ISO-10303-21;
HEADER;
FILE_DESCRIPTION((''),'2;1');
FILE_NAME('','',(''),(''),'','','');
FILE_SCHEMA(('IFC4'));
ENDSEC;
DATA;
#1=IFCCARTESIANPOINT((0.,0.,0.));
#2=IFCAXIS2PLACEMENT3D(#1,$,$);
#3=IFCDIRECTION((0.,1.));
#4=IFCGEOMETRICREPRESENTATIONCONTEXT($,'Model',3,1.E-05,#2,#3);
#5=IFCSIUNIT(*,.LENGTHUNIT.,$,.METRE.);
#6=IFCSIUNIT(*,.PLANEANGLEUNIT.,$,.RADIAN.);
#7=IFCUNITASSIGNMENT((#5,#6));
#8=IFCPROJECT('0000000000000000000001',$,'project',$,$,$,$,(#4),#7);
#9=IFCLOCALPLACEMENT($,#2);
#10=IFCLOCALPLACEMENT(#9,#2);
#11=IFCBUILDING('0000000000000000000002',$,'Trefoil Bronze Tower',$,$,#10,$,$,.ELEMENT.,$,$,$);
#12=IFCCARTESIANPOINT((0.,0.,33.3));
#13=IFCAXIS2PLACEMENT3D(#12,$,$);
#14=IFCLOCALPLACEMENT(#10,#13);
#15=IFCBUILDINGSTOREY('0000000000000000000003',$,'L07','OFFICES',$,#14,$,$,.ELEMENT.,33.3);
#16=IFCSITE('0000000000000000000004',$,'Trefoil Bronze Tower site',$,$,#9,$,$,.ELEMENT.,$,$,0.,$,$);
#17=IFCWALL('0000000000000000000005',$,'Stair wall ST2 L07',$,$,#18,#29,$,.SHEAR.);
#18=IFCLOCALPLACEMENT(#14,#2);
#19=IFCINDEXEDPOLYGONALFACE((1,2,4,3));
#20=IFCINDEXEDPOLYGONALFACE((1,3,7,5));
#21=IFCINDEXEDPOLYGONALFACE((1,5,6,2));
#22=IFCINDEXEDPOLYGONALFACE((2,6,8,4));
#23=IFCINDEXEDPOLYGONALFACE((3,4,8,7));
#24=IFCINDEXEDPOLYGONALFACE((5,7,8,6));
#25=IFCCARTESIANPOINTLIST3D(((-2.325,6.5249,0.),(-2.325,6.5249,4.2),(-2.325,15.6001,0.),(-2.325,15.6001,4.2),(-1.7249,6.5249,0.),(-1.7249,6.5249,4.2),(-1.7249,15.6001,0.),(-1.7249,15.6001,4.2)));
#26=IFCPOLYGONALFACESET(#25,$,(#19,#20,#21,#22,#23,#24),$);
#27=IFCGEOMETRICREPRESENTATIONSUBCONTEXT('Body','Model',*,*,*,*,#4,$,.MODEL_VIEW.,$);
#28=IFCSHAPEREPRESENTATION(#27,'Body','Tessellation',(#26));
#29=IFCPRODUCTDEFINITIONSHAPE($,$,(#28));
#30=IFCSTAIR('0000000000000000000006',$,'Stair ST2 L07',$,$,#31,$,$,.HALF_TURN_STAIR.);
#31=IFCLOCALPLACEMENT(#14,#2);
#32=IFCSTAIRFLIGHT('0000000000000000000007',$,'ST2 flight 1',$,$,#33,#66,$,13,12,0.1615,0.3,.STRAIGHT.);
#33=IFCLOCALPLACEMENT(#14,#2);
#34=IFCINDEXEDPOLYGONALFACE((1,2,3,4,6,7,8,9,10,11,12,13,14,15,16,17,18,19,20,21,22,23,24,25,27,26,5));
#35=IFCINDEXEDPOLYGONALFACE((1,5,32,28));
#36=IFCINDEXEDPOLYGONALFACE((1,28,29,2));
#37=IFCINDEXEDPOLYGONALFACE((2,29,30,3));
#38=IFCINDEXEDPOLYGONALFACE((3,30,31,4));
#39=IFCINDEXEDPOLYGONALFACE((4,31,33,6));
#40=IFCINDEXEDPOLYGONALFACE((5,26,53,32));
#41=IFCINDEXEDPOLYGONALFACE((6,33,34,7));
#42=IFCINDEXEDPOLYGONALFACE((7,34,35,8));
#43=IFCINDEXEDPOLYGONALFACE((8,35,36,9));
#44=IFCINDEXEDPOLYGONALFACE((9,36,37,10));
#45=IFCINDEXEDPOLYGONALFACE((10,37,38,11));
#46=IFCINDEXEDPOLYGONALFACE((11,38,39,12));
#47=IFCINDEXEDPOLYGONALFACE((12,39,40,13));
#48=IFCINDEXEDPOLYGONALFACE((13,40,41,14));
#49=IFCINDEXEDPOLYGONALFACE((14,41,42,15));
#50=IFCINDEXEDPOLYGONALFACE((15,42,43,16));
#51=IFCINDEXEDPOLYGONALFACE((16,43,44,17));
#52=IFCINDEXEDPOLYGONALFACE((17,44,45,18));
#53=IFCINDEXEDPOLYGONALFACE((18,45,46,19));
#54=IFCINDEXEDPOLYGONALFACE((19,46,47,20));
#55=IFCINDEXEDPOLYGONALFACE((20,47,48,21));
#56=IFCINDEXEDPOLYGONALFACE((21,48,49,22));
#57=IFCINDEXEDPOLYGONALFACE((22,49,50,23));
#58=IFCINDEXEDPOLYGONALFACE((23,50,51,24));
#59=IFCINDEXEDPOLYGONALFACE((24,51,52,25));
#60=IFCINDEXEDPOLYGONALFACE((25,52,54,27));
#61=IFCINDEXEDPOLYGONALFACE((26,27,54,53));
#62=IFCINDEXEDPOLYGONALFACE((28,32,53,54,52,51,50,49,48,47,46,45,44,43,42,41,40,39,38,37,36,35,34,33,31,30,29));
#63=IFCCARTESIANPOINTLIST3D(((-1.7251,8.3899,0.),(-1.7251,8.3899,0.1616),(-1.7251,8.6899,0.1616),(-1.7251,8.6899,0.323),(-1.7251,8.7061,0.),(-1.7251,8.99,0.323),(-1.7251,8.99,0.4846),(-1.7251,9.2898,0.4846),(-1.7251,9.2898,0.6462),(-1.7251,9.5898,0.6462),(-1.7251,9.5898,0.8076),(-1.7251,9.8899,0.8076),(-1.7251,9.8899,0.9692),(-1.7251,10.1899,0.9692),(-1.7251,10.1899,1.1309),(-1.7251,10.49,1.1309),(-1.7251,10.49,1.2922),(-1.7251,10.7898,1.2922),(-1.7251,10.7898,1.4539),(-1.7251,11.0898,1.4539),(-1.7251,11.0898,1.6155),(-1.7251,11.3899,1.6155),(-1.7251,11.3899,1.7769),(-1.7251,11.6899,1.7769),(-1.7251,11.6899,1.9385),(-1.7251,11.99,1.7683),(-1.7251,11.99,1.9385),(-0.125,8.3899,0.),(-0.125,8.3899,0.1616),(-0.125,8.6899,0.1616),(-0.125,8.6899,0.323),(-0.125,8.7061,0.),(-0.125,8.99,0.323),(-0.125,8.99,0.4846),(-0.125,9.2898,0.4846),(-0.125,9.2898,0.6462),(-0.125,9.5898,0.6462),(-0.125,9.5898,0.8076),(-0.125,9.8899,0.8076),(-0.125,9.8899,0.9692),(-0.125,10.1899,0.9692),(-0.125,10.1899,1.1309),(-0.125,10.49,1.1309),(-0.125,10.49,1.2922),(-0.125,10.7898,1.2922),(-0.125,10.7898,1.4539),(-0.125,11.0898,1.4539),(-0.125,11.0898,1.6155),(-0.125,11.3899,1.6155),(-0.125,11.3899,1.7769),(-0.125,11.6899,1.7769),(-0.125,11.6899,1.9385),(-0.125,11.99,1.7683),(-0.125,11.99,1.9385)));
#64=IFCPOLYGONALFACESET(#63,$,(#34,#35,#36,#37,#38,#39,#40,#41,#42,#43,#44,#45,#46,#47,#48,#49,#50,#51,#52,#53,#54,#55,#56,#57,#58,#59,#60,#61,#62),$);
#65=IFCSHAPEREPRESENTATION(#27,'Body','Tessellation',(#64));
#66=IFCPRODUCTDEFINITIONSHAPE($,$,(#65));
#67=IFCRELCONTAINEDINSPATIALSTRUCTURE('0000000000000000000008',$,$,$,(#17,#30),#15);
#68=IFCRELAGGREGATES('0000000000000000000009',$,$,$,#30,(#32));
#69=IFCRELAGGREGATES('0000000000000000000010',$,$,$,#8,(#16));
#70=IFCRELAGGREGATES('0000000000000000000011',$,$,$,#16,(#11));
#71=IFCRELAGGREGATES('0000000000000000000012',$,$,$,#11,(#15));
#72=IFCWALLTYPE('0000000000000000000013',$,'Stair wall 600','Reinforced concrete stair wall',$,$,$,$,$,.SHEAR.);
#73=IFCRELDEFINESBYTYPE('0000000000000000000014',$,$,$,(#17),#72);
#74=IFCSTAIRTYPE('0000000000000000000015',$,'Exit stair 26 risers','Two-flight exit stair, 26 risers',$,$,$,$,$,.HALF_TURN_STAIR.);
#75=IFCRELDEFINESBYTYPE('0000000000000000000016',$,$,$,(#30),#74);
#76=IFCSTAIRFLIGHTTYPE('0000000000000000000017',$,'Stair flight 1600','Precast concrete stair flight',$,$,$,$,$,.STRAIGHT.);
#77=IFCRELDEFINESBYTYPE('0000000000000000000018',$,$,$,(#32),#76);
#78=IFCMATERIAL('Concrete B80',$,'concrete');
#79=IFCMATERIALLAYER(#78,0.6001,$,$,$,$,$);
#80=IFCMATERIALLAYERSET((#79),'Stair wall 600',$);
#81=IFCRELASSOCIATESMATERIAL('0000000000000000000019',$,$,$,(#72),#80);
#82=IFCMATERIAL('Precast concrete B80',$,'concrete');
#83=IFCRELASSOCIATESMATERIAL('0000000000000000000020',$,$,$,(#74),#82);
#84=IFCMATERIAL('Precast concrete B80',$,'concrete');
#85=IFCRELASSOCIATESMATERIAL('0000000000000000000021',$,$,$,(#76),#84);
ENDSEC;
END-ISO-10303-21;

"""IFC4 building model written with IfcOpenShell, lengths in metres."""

from ifc_helpers import new_model, si_unit, direction, frame, frame_2d, origin, place, context, subcontext, project, spatial, polyline, rectangle, outline, extrude, material, layer, layer_set, type_object, element, aggregate, save


model = new_model("IFC4")

# Units and contexts
model_context = context("Model", 3, precision=1e-05, world=origin(), true_north=direction((0.0, 1.0)))
body_context = subcontext(model_context, "Body", "Model", "MODEL_VIEW")
ifc_project = project(units=[si_unit("LENGTHUNIT", "METRE"), si_unit("PLANEANGLEUNIT", "RADIAN")], contexts=[model_context])

# Site, building, storey
site_placement = place(None, origin())
site = spatial("IfcSite", under=ifc_project, at=site_placement, Name="Trefoil Bronze Tower site", CompositionType="ELEMENT", RefElevation=0.0)
building_placement = place(site_placement, origin())
building = spatial("IfcBuilding", under=site, at=building_placement, Name="Trefoil Bronze Tower", CompositionType="ELEMENT")
storey_placement = place(building_placement, frame((0.0, 0.0, 33.3)))
storey = spatial("IfcBuildingStorey", under=building, at=storey_placement, Name="L07", Description="OFFICES", CompositionType="ELEMENT", Elevation=33.3)

# Wall
ifc_material_1 = material(Name="Concrete B80", Category="concrete")
ifc_layer_1 = layer(ifc_material_1, 0.6001)
ifc_layer_set_1 = layer_set([ifc_layer_1], Name="Stair wall 600")
wall_type_1 = type_object("IfcWallType", Name="Stair wall 600", Description="Reinforced concrete stair wall", PredefinedType="SHEAR", material=ifc_layer_set_1)
wall_1_placement = place(storey_placement, frame((-2.0249, 6.5249, 0.0), z_axis=(0.0, 0.0, 1.0), x_axis=(0.0, 1.0, 0.0)))
element("IfcWall", 1, at=wall_1_placement, inside=storey, type_object=wall_type_1, Name="Stair wall ST2 L07", PredefinedType="SHEAR", context=body_context, shape_type="SweptSolid", body=[
    extrude(rectangle(XDim=9.0752, YDim=0.6001, at=frame_2d((4.5376, 0.0))), origin(), (0.0, 0.0, 1.0), 4.2),
])

# Stair, stair flight
ifc_material_2 = material(Name="Precast concrete B80", Category="concrete")
stair_type = type_object("IfcStairType", Name="Exit stair 26 risers", Description="Two-flight exit stair, 26 risers", PredefinedType="HALF_TURN_STAIR", material=ifc_material_2)
stair_placement = place(storey_placement, origin())
stair = element("IfcStair", 2, at=stair_placement, inside=storey, type_object=stair_type, Name="Stair ST2 L07", PredefinedType="HALF_TURN_STAIR")
ifc_material_3 = material(Name="Precast concrete B80", Category="concrete")
stair_flight_type = type_object("IfcStairFlightType", Name="Stair flight 1600", Description="Precast concrete stair flight", PredefinedType="STRAIGHT", material=ifc_material_3)
stair_flight_placement = place(storey_placement, frame((-0.925, 8.3899, 0.0), z_axis=(0.0, 0.0, 1.0), x_axis=(0.0, 1.0, 0.0)))
stair_flight = element("IfcStairFlight", 3, at=stair_flight_placement, type_object=stair_flight_type, Name="ST2 flight 1", NumberOfRisers=13, NumberOfTreads=12, PredefinedType="STRAIGHT", RiserHeight=0.1615, TreadLength=0.3, context=body_context, shape_type="SweptSolid", body=[
    extrude(outline(polyline([(0.0, 0.0), (0.0, 0.1616), (0.3, 0.1616), (0.3, 0.323), (0.6001, 0.323), (0.6001, 0.4846), (0.8999, 0.4846), (0.8999, 0.6462), (1.2, 0.6462), (1.2, 0.8076), (1.5, 0.8076), (1.5, 0.9692), (1.8, 0.9692), (1.8, 1.1309), (2.1001, 1.1309), (2.1001, 1.2922), (2.3999, 1.2922), (2.3999, 1.4539), (2.7, 1.4539), (2.7, 1.6155), (3.0, 1.6155), (3.0, 1.7769), (3.3, 1.7769), (3.3, 1.9385), (3.6001, 1.9385), (3.6001, 2.1001), (3.6001, 1.7683), (0.3162, 0.0), (0.0, 0.0)])), frame((0.0, 0.8, 0.0), z_axis=(0.0, -1.0, 0.0), x_axis=(1.0, 0.0, 0.0)), (0.0, 0.0, 1.0), 1.6001),
])
aggregate(stair, [stair_flight])

save(model, "model.ifc")
